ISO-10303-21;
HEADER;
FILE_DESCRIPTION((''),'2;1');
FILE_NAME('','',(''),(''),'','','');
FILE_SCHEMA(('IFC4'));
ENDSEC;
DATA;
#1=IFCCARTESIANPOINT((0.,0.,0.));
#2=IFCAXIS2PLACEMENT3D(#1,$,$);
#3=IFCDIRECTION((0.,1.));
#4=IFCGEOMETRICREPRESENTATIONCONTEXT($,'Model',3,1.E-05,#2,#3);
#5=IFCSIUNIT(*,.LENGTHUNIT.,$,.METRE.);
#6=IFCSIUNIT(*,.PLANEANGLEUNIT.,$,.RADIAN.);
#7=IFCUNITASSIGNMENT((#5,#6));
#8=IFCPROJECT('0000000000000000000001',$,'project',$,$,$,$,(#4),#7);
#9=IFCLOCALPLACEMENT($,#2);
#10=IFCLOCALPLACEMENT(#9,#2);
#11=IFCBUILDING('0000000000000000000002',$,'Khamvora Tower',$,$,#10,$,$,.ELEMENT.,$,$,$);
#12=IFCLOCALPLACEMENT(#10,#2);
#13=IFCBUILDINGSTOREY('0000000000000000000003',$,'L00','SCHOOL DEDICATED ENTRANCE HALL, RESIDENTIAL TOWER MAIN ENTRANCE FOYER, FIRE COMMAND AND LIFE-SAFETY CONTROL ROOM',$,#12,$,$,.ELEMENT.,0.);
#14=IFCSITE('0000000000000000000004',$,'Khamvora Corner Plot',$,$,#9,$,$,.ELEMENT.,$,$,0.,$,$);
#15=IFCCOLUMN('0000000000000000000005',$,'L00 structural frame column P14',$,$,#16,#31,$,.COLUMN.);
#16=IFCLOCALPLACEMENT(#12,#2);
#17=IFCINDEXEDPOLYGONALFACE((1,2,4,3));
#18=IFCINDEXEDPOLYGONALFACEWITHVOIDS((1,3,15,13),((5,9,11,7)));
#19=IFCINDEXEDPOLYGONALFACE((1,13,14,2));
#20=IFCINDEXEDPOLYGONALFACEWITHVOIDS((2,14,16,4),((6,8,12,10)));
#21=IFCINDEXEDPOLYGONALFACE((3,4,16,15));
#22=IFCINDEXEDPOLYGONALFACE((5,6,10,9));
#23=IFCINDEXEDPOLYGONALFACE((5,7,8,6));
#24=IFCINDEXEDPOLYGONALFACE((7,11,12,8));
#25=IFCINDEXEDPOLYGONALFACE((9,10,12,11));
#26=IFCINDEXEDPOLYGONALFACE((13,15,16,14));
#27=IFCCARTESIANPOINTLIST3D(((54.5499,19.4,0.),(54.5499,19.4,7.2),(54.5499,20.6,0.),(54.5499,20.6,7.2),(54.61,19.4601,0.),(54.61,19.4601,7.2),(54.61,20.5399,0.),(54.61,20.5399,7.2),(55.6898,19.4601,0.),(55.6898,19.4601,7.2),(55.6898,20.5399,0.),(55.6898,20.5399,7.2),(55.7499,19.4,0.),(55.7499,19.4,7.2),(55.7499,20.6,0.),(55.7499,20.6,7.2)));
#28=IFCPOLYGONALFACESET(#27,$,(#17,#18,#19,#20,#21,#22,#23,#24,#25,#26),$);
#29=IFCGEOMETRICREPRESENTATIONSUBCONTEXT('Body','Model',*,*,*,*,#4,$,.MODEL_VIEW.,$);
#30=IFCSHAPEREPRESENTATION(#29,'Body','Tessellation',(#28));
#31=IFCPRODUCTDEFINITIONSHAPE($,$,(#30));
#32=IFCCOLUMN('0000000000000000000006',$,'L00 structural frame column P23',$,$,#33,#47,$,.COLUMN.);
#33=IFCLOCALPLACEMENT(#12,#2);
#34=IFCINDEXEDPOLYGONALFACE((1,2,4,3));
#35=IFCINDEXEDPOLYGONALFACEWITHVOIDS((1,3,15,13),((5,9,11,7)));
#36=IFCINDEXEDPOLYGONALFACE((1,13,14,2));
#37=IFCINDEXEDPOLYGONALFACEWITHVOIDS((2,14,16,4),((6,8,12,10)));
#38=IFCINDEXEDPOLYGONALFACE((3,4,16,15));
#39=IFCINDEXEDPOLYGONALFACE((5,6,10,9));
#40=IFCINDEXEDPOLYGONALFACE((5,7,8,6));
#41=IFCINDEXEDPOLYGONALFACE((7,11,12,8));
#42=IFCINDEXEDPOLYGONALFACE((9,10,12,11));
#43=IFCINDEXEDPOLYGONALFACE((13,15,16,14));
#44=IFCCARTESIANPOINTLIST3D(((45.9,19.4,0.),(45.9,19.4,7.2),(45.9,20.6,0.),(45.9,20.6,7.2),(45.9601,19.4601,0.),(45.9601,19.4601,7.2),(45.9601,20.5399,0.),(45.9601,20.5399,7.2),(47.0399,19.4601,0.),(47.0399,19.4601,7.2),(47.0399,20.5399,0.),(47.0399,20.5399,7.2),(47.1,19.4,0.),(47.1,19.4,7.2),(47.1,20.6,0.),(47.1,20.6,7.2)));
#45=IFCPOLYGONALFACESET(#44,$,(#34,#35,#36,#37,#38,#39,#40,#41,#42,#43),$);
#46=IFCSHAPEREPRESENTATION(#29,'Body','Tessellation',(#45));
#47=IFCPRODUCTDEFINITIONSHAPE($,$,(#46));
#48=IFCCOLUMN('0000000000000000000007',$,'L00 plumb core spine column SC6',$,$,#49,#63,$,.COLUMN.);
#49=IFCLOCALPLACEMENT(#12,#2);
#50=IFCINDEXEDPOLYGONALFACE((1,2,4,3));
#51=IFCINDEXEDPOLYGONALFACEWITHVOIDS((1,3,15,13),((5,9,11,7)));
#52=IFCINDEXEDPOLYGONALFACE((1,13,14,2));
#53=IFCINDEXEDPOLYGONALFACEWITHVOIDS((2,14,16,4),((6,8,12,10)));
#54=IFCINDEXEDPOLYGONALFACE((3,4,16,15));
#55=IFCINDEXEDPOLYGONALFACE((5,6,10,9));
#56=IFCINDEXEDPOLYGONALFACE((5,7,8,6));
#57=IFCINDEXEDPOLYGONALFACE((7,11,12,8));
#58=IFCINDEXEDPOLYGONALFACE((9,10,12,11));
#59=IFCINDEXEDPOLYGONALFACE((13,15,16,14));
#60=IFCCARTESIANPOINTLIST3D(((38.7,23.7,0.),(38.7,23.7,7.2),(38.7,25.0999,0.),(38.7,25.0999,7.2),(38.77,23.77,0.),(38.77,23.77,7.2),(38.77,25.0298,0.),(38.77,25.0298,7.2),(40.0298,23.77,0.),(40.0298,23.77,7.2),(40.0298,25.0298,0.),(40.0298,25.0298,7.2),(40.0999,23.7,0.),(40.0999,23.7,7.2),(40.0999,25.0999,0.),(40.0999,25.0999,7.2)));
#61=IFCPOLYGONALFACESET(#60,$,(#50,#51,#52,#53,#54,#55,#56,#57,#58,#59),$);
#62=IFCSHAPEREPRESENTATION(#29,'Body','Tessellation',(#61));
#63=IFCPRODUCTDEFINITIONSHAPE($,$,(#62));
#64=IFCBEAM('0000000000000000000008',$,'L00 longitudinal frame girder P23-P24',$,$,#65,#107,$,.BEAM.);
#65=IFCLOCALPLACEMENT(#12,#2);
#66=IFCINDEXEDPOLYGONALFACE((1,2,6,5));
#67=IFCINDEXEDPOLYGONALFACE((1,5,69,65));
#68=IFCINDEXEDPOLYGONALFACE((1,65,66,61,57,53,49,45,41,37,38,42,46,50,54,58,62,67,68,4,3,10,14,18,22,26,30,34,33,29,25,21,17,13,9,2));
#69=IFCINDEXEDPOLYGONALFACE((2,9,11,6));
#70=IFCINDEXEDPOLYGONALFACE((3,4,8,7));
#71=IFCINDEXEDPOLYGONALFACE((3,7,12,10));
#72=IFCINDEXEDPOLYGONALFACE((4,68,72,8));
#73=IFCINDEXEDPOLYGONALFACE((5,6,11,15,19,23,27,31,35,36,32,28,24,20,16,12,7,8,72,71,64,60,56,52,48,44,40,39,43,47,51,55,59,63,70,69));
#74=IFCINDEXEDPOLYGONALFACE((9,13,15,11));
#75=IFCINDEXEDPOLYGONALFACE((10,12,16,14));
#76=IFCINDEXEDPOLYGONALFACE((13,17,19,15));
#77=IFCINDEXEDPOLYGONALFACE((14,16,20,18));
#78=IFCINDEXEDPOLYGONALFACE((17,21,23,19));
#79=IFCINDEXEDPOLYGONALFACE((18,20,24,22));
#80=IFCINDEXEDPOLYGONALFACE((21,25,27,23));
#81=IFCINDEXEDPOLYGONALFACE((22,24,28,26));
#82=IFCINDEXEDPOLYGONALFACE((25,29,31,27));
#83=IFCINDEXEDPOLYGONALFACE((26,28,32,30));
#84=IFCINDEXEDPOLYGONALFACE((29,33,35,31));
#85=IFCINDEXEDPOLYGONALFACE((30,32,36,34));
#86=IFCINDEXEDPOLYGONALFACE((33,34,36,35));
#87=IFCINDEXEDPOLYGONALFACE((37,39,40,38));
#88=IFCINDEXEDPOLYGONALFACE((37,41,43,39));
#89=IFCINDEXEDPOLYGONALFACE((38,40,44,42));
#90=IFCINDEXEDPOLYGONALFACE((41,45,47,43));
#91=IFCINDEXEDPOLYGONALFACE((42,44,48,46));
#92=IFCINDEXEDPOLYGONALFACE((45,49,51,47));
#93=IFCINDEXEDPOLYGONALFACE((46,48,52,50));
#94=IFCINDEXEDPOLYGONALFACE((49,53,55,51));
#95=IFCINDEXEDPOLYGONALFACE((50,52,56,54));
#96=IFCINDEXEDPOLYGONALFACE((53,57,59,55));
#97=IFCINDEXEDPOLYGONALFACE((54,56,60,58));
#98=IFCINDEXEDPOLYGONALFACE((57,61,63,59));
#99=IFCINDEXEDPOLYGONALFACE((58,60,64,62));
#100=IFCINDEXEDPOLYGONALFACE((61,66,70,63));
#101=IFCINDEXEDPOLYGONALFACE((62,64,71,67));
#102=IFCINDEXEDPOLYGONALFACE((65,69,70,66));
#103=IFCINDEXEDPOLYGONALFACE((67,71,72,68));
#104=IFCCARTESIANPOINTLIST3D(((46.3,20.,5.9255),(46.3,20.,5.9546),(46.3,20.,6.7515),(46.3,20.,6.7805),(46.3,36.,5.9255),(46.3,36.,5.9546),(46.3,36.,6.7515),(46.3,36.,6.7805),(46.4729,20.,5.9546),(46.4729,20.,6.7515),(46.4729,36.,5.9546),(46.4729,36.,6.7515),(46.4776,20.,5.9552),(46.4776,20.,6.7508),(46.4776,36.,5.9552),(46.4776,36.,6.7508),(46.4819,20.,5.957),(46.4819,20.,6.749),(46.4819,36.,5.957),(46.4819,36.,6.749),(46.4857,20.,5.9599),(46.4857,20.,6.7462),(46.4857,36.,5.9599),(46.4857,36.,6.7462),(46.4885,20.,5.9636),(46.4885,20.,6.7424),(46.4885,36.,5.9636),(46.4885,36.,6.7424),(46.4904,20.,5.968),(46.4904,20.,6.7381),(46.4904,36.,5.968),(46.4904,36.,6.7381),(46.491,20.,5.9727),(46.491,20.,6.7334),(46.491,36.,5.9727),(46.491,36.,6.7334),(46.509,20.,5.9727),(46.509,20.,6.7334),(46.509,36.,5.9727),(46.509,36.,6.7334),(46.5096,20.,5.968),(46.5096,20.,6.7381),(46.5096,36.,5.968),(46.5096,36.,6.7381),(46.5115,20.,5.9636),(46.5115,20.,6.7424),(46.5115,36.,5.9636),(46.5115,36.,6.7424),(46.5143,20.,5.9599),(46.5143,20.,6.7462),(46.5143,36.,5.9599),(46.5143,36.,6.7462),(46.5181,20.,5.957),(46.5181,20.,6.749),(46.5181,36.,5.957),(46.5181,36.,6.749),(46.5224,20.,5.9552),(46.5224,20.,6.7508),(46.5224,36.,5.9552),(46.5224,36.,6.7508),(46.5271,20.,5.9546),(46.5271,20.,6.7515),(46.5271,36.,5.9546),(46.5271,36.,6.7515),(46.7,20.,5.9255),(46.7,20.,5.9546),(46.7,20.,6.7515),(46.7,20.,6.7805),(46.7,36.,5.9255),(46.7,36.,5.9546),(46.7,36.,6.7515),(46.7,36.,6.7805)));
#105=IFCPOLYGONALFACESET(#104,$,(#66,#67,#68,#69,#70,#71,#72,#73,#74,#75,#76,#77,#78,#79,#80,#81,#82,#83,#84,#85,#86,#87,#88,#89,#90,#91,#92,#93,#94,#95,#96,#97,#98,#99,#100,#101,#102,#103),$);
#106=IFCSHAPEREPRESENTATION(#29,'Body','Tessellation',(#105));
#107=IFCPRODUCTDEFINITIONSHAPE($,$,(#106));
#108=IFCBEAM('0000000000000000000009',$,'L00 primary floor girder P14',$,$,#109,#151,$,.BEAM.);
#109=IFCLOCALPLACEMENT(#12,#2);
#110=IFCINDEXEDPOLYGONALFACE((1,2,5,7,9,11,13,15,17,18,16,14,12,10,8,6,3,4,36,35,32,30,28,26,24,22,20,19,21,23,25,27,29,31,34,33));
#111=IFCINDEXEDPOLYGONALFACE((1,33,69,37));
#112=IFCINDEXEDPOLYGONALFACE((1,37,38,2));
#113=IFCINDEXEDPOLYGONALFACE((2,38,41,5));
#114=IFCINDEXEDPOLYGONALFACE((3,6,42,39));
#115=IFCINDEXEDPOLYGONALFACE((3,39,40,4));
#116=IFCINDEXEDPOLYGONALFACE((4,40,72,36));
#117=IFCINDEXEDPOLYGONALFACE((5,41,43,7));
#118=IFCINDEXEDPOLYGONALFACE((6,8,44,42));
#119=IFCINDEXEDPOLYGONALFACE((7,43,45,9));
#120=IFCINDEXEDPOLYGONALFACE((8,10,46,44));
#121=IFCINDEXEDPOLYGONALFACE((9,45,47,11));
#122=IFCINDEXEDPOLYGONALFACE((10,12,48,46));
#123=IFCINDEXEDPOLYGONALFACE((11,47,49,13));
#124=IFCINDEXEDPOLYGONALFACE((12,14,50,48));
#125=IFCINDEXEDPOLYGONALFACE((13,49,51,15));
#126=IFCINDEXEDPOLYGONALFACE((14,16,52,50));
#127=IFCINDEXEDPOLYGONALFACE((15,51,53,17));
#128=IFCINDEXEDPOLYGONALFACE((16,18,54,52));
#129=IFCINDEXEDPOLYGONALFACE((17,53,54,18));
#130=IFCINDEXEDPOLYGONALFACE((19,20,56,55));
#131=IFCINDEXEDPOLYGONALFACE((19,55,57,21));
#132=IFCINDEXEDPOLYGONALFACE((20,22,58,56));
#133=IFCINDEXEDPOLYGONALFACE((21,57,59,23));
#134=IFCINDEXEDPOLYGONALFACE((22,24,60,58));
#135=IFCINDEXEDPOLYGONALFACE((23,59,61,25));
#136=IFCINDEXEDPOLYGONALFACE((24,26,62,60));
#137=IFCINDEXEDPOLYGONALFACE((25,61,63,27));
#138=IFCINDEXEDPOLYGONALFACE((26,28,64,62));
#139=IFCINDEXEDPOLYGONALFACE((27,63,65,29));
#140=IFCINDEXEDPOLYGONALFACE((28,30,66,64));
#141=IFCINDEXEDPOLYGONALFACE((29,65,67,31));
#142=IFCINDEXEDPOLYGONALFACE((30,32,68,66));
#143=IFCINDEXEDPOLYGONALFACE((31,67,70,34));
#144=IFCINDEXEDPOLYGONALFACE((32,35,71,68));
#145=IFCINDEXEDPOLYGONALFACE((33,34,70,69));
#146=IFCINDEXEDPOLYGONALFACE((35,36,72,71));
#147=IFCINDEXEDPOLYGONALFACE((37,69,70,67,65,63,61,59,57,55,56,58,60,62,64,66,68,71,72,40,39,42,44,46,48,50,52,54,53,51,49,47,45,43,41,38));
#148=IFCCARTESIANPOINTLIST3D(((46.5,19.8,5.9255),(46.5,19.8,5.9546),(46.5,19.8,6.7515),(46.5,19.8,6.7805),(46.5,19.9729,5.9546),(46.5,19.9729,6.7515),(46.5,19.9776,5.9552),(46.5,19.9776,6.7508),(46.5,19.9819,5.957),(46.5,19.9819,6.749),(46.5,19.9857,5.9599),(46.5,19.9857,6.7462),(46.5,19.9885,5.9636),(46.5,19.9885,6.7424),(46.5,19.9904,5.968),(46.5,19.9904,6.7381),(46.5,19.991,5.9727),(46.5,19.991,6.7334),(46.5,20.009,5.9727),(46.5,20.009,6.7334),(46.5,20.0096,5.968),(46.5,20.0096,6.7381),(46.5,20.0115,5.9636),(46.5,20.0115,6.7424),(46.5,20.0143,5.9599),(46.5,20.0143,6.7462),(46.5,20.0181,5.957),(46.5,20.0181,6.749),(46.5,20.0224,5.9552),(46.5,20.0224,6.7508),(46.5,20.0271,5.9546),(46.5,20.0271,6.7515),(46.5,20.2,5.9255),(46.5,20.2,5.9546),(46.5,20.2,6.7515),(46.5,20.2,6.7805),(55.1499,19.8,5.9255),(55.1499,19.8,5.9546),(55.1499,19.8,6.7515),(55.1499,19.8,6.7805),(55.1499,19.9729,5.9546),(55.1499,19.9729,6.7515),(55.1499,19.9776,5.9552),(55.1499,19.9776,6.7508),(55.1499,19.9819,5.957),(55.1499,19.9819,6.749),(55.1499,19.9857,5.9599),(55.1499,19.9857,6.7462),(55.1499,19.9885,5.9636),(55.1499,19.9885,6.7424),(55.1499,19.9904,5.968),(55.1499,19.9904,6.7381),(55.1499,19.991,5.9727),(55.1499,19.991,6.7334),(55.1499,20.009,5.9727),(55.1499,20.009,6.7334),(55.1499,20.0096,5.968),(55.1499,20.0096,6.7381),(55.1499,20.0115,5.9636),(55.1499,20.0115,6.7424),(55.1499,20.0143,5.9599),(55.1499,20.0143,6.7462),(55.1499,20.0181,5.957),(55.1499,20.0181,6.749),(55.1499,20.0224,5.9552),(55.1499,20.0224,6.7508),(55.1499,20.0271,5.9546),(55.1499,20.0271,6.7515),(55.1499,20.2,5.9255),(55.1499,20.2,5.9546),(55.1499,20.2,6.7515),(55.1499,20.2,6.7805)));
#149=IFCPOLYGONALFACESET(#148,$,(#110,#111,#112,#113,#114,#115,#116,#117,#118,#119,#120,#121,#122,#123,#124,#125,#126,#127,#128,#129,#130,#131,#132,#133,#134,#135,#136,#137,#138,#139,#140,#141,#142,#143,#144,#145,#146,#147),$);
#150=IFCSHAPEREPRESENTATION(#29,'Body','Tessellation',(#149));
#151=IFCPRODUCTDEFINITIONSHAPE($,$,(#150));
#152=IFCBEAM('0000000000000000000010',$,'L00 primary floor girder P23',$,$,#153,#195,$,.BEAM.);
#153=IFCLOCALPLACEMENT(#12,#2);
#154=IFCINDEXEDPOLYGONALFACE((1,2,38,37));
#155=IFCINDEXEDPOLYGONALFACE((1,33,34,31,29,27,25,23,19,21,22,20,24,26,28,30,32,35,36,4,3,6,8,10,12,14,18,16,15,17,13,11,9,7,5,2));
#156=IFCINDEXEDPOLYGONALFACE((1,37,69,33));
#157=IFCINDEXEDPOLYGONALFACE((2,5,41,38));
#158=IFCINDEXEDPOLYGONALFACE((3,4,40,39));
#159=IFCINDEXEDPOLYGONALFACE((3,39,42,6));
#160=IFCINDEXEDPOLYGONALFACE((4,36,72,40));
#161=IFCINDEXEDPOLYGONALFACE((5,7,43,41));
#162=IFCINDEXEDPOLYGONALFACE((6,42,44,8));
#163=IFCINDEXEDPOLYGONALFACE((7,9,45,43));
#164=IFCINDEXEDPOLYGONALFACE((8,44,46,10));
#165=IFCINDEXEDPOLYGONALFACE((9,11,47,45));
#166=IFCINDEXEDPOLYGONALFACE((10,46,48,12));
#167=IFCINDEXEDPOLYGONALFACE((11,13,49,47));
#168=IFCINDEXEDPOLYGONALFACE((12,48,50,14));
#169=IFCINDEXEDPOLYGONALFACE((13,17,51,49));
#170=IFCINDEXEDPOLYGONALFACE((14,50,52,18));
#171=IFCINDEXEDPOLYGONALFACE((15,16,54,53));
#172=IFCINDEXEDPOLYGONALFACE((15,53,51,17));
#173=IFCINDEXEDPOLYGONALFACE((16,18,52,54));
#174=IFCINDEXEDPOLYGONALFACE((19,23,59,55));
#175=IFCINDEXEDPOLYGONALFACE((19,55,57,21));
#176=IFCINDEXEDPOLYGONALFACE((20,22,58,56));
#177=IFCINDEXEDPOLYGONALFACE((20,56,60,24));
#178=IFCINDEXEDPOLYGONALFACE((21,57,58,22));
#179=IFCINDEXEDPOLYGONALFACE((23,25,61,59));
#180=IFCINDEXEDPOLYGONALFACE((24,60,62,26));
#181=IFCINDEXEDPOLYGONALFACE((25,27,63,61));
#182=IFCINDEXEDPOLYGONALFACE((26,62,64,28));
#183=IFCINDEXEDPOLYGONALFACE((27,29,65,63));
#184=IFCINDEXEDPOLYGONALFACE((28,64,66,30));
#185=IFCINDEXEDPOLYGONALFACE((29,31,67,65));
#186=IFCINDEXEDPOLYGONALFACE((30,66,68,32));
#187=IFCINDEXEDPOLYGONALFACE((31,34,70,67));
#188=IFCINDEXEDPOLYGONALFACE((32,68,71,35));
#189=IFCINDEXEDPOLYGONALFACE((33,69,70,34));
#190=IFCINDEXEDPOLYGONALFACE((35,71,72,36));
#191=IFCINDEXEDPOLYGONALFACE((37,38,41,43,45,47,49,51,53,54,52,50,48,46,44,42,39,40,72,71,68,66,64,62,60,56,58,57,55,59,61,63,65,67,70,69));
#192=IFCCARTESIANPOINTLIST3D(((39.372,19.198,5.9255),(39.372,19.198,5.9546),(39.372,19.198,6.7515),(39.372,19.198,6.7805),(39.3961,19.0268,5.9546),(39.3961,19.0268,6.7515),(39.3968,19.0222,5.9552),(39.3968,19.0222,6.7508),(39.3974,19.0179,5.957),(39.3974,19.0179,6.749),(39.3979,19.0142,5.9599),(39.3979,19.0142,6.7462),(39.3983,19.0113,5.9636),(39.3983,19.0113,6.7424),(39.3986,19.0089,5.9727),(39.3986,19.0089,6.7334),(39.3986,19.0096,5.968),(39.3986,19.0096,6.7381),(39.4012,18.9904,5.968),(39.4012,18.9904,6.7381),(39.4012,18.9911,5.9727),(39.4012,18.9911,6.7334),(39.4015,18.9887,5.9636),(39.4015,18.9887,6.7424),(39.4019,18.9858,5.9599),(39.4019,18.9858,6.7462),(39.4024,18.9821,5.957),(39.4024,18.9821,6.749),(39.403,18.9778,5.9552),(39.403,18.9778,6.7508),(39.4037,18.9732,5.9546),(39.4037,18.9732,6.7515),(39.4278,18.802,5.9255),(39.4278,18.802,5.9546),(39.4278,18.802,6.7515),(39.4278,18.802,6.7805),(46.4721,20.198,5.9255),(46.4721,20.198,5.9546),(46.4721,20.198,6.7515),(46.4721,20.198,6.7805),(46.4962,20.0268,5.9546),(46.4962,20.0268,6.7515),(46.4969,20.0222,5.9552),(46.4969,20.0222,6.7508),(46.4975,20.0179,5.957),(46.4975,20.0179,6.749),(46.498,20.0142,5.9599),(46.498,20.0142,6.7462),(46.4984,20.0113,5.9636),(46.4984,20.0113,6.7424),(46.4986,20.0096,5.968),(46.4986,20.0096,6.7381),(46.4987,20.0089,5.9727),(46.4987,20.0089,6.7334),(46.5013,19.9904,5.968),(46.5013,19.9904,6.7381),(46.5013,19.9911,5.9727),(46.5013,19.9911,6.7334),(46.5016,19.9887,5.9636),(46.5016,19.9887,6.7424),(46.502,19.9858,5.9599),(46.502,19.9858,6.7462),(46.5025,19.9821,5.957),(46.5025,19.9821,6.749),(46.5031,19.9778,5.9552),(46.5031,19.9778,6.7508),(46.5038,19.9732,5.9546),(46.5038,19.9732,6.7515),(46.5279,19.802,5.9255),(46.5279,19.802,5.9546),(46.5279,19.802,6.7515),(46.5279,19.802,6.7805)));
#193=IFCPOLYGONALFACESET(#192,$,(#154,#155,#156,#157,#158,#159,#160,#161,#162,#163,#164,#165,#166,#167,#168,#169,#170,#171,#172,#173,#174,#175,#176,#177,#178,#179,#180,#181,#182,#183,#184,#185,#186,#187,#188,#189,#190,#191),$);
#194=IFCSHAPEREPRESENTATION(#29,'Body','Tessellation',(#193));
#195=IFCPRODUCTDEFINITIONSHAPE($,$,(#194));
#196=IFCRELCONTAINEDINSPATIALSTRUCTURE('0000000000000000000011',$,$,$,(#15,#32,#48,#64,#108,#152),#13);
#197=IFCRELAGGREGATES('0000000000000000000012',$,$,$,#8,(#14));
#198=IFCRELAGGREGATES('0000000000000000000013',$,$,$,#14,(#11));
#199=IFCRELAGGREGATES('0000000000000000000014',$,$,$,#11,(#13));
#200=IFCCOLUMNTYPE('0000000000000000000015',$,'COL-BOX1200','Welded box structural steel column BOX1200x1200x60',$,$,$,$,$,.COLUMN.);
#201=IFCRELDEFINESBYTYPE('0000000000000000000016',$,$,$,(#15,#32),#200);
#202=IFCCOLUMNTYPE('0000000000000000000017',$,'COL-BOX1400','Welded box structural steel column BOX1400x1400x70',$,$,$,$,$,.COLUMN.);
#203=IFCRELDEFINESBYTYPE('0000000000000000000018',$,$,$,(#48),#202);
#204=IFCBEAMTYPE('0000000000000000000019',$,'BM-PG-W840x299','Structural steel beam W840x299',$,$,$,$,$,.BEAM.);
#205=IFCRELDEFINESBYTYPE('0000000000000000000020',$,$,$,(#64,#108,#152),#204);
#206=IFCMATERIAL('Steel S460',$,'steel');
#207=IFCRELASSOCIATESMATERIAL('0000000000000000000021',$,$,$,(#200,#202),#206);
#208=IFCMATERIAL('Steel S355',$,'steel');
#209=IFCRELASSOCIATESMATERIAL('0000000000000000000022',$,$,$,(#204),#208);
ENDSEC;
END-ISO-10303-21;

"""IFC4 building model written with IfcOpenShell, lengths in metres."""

from ifc_helpers import new_model, si_unit, direction, frame, origin, origin_2d, place, context, subcontext, project, spatial, hollow_rectangle, i_section, extrude, material, material_profile, profile_set, type_object, element, save


model = new_model("IFC4")

# Units and contexts
model_context = context("Model", 3, precision=1e-05, world=origin(), true_north=direction((0.0, 1.0)))
body_context = subcontext(model_context, "Body", "Model", "MODEL_VIEW")
ifc_project = project(units=[si_unit("LENGTHUNIT", "METRE"), si_unit("PLANEANGLEUNIT", "RADIAN")], contexts=[model_context])

# Site, building, storey
site_placement = place(None, origin())
site = spatial("IfcSite", under=ifc_project, at=site_placement, Name="Khamvora Corner Plot", CompositionType="ELEMENT", RefElevation=0.0)
building_placement = place(site_placement, origin())
building = spatial("IfcBuilding", under=site, at=building_placement, Name="Khamvora Tower", CompositionType="ELEMENT")
storey_placement = place(building_placement, origin())
storey = spatial("IfcBuildingStorey", under=building, at=storey_placement, Name="L00", Description="SCHOOL DEDICATED ENTRANCE HALL, RESIDENTIAL TOWER MAIN ENTRANCE FOYER, FIRE COMMAND AND LIFE-SAFETY CONTROL ROOM", CompositionType="ELEMENT", Elevation=0.0)

# Columns
ifc_material_1 = material(Name="Steel S460", Category="steel")
ifc_material_profile_1 = material_profile(ifc_material_1, hollow_rectangle(XDim=1.2, YDim=1.2, WallThickness=0.0601, at=origin_2d()), Name="BOX1200x1200x60")
ifc_profile_set_1 = profile_set([ifc_material_profile_1], Name="Steel S460")
column_type_1 = type_object("IfcColumnType", Name="COL-BOX1200", Description="Welded box structural steel column BOX1200x1200x60", PredefinedType="COLUMN", material=ifc_profile_set_1)
for number, where, z_axis, x_axis, name in (
    (1, (55.1499, 20.0, 0.0), (0.0, 0.0, 1.0), (1.0, 0.0, 0.0), "L00 structural frame column P14"),
    (2, (46.5, 20.0, 0.0), (0.0, 0.0, 1.0), (1.0, 0.0, 0.0), "L00 structural frame column P23"),
):
    element("IfcColumn", number, at=place(storey_placement, frame(where, z_axis=z_axis, x_axis=x_axis)), inside=storey, type_object=column_type_1, Name=name, PredefinedType="COLUMN", context=body_context, shape_type="SweptSolid", body=[
        extrude(hollow_rectangle(XDim=1.2, YDim=1.2, WallThickness=0.0601, at=origin_2d()), origin(), (0.0, 0.0, 1.0), 7.2),
    ])
ifc_material_profile_2 = material_profile(ifc_material_1, hollow_rectangle(XDim=1.3999, YDim=1.3999, WallThickness=0.0701, at=origin_2d()), Name="BOX1400x1400x70")
ifc_profile_set_2 = profile_set([ifc_material_profile_2], Name="Steel S460")
column_type_2 = type_object("IfcColumnType", Name="COL-BOX1400", Description="Welded box structural steel column BOX1400x1400x70", PredefinedType="COLUMN", material=ifc_profile_set_2)
column_placement = place(storey_placement, frame((39.3999, 24.3999, 0.0), z_axis=(0.0, 0.0, 1.0), x_axis=(1.0, 0.0, 0.0)))
element("IfcColumn", 3, at=column_placement, inside=storey, type_object=column_type_2, Name="L00 plumb core spine column SC6", PredefinedType="COLUMN", context=body_context, shape_type="SweptSolid", body=[
    extrude(hollow_rectangle(XDim=1.3999, YDim=1.3999, WallThickness=0.0701, at=origin_2d()), origin(), (0.0, 0.0, 1.0), 7.2),
])

# Beams
ifc_material_2 = material(Name="Steel S355", Category="steel")
ifc_material_profile_3 = material_profile(ifc_material_2, i_section(OverallWidth=0.3999, OverallDepth=0.855, WebThickness=0.0181, FlangeThickness=0.0291, FilletRadius=0.0181, at=origin_2d()), Name="W840x299")
ifc_profile_set_3 = profile_set([ifc_material_profile_3], Name="Steel S355")
beam_type_1 = type_object("IfcBeamType", Name="BM-PG-W840x299", Description="Structural steel beam W840x299", PredefinedType="BEAM", material=ifc_profile_set_3)
beam_1_placement = place(storey_placement, frame((46.5, 20.0, 6.353), z_axis=(0.0, 1.0, 0.0), x_axis=(-1.0, 0.0, 0.0)))
element("IfcBeam", 4, at=beam_1_placement, inside=storey, type_object=beam_type_1, Name="L00 longitudinal frame girder P23-P24", PredefinedType="BEAM", context=body_context, shape_type="SweptSolid", body=[
    extrude(i_section(OverallWidth=0.3999, OverallDepth=0.855, WebThickness=0.0181, FlangeThickness=0.0291, FilletRadius=0.0181, at=origin_2d()), origin(), (0.0, 0.0, 1.0), 16.0),
])
beam_2_placement = place(storey_placement, frame((46.5, 20.0, 6.353), z_axis=(1.0, 0.0, 0.0), x_axis=(0.0, 1.0, 0.0)))
element("IfcBeam", 5, at=beam_2_placement, inside=storey, type_object=beam_type_1, Name="L00 primary floor girder P14", PredefinedType="BEAM", context=body_context, shape_type="SweptSolid", body=[
    extrude(i_section(OverallWidth=0.3999, OverallDepth=0.855, WebThickness=0.0181, FlangeThickness=0.0291, FilletRadius=0.0181, at=origin_2d()), origin(), (0.0, 0.0, 1.0), 8.6499),
])
beam_3_placement = place(storey_placement, frame((39.3999, 19.0, 6.353), z_axis=(0.990227, 0.139467, 0.0), x_axis=(-0.139467, 0.990227, 0.0)))
element("IfcBeam", 6, at=beam_3_placement, inside=storey, type_object=beam_type_1, Name="L00 primary floor girder P23", PredefinedType="BEAM", context=body_context, shape_type="SweptSolid", body=[
    extrude(i_section(OverallWidth=0.3999, OverallDepth=0.855, WebThickness=0.0181, FlangeThickness=0.0291, FilletRadius=0.0181, at=origin_2d()), origin(), (0.0, 0.0, 1.0), 7.1702),
])

save(model, "model.ifc")
